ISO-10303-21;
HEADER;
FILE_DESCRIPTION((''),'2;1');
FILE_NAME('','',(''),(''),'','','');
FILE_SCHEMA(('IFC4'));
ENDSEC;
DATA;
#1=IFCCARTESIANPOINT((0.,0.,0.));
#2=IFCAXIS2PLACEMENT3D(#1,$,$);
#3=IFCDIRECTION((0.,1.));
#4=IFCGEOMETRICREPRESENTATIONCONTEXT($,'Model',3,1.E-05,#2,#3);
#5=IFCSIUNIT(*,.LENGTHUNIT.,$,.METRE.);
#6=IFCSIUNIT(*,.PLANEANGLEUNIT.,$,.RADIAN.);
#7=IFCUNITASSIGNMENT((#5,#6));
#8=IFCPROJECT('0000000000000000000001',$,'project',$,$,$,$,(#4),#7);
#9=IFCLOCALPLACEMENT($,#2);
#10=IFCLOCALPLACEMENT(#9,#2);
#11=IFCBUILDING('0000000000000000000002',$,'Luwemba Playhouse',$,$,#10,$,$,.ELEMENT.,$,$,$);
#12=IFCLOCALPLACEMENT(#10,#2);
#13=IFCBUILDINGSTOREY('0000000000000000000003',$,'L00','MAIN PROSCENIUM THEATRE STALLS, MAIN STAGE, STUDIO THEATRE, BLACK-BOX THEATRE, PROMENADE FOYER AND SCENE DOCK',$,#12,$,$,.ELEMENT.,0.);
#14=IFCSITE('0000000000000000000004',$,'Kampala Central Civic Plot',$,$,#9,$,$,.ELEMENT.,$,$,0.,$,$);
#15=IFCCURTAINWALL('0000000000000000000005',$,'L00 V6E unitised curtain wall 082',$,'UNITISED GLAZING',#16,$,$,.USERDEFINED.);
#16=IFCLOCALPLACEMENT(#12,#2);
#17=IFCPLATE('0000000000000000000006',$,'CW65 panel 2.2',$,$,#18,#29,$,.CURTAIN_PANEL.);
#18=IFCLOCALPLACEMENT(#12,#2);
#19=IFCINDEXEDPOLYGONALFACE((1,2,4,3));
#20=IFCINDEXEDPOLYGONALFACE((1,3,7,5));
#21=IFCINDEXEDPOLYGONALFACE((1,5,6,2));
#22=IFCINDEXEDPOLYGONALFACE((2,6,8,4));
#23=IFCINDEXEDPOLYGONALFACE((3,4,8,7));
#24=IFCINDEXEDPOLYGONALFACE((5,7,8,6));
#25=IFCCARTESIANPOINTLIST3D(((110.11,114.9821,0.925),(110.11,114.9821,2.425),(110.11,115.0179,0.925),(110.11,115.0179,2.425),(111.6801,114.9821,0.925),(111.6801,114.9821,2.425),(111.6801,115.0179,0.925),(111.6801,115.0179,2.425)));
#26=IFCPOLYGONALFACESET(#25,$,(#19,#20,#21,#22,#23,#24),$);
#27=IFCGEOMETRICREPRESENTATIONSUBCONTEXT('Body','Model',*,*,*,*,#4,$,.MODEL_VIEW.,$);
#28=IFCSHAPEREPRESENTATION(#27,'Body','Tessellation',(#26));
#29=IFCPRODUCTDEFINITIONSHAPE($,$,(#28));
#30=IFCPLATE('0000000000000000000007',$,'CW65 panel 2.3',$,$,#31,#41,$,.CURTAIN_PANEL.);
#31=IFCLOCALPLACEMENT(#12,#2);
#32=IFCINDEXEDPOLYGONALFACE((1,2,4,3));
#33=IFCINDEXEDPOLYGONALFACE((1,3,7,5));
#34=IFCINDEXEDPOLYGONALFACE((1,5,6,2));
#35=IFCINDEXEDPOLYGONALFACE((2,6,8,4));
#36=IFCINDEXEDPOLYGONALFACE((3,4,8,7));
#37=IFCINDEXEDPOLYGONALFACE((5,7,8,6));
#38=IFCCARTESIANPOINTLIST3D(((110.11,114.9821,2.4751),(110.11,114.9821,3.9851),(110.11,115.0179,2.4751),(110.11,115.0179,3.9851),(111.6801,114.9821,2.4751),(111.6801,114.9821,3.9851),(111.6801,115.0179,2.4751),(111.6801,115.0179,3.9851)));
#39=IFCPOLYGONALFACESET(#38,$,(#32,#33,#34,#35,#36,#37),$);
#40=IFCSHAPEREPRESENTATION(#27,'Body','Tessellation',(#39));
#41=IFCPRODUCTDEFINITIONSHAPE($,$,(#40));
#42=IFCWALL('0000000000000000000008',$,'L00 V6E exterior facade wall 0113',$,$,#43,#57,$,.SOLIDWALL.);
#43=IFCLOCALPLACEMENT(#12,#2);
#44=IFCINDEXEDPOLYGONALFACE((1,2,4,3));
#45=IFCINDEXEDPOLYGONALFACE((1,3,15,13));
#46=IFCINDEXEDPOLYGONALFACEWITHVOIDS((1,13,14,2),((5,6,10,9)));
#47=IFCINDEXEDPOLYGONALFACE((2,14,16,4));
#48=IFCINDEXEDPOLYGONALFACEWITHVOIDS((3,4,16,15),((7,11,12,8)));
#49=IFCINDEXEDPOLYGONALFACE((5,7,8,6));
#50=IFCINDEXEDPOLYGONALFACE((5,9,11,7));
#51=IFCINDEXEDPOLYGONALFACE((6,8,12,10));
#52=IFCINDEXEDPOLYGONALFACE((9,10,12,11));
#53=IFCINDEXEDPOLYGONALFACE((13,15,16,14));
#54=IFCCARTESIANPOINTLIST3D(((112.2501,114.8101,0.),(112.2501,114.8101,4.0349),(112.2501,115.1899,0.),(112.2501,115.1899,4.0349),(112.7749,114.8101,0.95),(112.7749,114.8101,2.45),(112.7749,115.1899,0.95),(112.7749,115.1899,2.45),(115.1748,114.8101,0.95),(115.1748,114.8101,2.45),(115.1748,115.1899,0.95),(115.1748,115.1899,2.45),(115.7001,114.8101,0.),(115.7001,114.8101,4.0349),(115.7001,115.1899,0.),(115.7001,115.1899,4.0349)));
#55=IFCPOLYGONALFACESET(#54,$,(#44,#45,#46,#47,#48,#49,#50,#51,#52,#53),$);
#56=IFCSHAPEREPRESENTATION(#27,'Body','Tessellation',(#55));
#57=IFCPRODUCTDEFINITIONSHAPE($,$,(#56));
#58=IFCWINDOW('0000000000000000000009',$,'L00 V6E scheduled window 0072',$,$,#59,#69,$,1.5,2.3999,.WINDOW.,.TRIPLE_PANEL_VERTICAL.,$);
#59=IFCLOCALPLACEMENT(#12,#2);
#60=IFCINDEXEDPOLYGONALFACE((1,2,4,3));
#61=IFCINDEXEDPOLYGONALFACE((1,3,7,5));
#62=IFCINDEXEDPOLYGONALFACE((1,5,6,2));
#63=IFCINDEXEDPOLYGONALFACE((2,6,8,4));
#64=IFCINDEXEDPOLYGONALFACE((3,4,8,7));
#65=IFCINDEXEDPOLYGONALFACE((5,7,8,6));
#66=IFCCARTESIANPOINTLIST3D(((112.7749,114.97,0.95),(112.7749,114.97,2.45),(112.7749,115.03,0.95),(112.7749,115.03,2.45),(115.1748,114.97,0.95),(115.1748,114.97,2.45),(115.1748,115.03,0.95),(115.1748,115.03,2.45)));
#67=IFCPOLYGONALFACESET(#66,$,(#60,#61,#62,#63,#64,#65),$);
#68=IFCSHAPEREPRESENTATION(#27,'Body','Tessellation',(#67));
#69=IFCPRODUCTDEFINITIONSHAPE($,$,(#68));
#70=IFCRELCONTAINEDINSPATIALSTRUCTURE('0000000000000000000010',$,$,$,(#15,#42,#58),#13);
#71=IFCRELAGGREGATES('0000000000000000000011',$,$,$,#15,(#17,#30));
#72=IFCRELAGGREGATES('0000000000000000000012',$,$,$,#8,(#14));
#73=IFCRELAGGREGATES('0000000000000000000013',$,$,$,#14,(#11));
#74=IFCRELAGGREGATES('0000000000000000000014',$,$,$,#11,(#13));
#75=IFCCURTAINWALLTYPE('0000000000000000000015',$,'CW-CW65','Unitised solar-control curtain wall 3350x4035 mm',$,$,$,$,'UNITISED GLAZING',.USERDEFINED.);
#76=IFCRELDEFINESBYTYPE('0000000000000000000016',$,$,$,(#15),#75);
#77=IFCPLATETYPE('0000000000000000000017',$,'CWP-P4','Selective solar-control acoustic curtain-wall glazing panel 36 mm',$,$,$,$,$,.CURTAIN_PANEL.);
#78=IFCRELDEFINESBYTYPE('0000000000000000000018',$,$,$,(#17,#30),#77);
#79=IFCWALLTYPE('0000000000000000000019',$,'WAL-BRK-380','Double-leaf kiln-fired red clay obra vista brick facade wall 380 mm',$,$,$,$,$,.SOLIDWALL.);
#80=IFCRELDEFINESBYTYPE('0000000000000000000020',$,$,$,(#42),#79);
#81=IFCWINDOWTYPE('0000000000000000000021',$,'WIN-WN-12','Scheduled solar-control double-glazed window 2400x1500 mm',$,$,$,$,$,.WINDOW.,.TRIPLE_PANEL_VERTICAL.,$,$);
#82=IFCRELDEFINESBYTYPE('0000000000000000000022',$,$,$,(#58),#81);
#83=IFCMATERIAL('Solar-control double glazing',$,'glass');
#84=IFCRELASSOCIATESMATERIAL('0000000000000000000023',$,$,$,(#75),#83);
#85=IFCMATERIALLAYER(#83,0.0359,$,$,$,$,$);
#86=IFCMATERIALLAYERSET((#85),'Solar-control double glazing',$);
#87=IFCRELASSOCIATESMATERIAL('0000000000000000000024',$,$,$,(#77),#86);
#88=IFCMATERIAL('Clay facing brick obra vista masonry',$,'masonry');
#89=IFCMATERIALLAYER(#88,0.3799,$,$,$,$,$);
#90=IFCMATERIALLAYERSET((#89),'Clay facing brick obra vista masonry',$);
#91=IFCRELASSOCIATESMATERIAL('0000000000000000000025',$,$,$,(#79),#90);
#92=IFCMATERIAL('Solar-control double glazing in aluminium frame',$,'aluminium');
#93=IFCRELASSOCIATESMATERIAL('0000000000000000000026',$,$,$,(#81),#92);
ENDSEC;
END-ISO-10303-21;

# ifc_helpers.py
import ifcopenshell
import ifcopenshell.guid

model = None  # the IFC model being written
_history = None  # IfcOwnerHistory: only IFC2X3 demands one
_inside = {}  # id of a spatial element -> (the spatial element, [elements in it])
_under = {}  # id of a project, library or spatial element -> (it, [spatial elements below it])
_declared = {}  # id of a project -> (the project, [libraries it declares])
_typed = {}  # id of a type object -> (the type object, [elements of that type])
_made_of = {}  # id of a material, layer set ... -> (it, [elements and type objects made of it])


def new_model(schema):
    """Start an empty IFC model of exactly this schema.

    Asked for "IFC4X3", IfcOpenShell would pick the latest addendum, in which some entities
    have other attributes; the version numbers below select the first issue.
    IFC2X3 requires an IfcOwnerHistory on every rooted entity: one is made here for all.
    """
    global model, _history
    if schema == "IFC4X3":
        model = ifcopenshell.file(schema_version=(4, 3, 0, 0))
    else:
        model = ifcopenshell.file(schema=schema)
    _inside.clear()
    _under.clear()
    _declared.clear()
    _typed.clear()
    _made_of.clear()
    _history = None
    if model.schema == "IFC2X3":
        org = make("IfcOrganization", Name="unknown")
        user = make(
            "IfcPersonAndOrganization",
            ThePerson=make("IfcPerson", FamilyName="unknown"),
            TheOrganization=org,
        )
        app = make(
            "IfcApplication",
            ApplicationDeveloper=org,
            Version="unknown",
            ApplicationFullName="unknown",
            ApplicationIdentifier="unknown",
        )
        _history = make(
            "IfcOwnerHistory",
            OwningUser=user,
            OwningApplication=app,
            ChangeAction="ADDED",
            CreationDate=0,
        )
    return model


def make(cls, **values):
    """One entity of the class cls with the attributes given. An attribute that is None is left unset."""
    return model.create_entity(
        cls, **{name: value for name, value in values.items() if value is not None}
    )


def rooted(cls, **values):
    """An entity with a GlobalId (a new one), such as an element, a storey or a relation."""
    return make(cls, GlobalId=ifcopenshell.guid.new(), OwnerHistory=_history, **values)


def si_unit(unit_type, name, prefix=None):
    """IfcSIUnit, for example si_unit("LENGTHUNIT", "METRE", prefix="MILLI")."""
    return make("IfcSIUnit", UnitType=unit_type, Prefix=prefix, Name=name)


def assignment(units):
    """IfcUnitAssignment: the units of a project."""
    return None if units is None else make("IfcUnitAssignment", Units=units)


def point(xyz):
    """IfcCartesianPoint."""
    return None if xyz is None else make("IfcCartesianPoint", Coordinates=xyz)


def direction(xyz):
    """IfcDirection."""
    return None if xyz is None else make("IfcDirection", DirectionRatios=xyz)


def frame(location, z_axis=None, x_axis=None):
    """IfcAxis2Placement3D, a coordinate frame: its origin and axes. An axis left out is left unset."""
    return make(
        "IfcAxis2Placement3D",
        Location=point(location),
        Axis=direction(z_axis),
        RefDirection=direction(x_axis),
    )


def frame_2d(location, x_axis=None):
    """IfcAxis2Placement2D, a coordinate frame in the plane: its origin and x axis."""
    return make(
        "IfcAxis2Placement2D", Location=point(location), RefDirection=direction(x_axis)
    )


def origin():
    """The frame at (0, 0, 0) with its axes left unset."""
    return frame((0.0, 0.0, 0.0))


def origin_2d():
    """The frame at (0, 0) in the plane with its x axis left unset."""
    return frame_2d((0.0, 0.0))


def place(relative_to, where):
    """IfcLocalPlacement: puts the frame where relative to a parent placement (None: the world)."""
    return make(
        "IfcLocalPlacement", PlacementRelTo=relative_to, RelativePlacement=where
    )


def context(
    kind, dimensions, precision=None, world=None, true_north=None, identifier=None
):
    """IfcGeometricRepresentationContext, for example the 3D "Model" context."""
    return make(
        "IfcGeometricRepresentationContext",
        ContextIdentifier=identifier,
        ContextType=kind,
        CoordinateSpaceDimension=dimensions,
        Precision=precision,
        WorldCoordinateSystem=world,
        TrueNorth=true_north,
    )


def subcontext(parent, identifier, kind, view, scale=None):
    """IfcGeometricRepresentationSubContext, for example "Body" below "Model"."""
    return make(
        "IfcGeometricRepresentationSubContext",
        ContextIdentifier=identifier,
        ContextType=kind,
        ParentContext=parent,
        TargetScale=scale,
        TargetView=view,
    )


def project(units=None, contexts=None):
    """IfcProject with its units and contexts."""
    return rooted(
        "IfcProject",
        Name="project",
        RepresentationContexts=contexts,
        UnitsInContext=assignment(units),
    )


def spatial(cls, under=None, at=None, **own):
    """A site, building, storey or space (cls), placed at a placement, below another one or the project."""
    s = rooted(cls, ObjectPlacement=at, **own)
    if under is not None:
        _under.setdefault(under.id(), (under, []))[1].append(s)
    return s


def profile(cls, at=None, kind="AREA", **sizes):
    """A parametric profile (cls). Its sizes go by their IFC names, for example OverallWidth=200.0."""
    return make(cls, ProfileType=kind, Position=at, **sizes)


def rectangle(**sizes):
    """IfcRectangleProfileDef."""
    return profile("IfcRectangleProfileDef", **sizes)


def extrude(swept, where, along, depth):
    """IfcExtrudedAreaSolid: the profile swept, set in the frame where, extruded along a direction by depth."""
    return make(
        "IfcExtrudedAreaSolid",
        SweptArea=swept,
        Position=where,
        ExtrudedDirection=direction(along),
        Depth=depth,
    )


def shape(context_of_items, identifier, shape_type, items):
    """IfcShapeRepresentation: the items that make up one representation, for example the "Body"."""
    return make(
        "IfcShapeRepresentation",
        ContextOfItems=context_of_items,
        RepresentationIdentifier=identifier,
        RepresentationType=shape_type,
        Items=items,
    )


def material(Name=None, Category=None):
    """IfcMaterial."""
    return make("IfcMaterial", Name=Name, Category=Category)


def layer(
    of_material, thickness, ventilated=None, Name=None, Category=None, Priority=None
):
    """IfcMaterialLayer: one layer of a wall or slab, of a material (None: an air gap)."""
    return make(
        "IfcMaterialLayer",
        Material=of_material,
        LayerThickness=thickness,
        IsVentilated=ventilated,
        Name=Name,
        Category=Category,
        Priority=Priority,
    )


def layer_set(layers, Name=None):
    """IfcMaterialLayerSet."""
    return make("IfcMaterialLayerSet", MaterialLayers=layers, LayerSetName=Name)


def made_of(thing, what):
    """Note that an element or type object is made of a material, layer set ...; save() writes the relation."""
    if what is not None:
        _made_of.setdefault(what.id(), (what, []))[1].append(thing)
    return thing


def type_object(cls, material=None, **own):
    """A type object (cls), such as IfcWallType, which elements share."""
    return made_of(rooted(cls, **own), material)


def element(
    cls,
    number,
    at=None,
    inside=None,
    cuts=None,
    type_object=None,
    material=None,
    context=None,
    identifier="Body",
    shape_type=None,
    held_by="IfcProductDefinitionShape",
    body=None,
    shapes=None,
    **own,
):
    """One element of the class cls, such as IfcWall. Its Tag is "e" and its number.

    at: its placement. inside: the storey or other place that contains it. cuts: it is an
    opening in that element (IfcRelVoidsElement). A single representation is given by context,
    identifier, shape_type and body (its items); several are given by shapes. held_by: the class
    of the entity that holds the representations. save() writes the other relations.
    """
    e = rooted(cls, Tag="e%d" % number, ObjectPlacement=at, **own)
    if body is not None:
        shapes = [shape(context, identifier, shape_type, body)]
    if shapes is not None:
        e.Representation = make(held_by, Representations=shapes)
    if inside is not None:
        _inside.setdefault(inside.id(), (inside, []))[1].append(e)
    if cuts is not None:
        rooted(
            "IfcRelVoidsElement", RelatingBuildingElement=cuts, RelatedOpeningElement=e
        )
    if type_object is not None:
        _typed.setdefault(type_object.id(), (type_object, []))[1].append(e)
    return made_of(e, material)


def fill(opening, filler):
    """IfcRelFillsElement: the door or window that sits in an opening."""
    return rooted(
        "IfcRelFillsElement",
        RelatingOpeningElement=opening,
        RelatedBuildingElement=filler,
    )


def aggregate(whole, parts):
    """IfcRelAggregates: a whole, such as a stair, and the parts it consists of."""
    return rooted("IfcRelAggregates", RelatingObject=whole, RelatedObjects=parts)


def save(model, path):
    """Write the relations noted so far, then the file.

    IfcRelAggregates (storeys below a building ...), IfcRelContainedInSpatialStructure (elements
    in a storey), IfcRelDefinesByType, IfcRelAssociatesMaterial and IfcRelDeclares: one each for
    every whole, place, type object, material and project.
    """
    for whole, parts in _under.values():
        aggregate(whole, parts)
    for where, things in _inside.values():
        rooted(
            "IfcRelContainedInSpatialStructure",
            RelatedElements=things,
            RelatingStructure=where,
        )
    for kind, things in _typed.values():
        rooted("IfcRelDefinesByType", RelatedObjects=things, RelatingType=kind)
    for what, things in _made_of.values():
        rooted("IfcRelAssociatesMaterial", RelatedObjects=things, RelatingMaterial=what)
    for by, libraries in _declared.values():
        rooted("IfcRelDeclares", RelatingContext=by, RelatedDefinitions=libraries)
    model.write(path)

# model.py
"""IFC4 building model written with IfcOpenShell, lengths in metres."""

from ifc_helpers import new_model, si_unit, direction, frame, frame_2d, origin, origin_2d, place, context, subcontext, project, spatial, rectangle, extrude, material, layer, layer_set, type_object, element, fill, aggregate, save


model = new_model("IFC4")

# Units and contexts
model_context = context("Model", 3, precision=1e-05, world=origin(), true_north=direction((0.0, 1.0)))
body_context = subcontext(model_context, "Body", "Model", "MODEL_VIEW")
ifc_project = project(units=[si_unit("LENGTHUNIT", "METRE"), si_unit("PLANEANGLEUNIT", "RADIAN")], contexts=[model_context])

# Site, building, storey
site_placement = place(None, origin())
site = spatial("IfcSite", under=ifc_project, at=site_placement, Name="Kampala Central Civic Plot", CompositionType="ELEMENT", RefElevation=0.0)
building_placement = place(site_placement, origin())
building = spatial("IfcBuilding", under=site, at=building_placement, Name="Luwemba Playhouse", CompositionType="ELEMENT")
storey_placement = place(building_placement, origin())
storey = spatial("IfcBuildingStorey", under=building, at=storey_placement, Name="L00", Description="MAIN PROSCENIUM THEATRE STALLS, MAIN STAGE, STUDIO THEATRE, BLACK-BOX THEATRE, PROMENADE FOYER AND SCENE DOCK", CompositionType="ELEMENT", Elevation=0.0)

# Curtain wall, plates
ifc_material_1 = material(Name="Solar-control double glazing", Category="glass")
curtain_wall_type = type_object("IfcCurtainWallType", Name="CW-CW65", Description="Unitised solar-control curtain wall 3350x4035 mm", ElementType="UNITISED GLAZING", PredefinedType="USERDEFINED", material=ifc_material_1)
curtain_wall_placement = place(storey_placement, origin())
curtain_wall = element("IfcCurtainWall", 1, at=curtain_wall_placement, inside=storey, type_object=curtain_wall_type, Name="L00 V6E unitised curtain wall 082", ObjectType="UNITISED GLAZING", PredefinedType="USERDEFINED")
ifc_layer_1 = layer(ifc_material_1, 0.0359)
ifc_layer_set_1 = layer_set([ifc_layer_1], Name="Solar-control double glazing")
plate_type = type_object("IfcPlateType", Name="CWP-P4", Description="Selective solar-control acoustic curtain-wall glazing panel 36 mm", PredefinedType="CURTAIN_PANEL", material=ifc_layer_set_1)
plate_1_placement = place(storey_placement, frame((110.895, 115.0, 0.925), z_axis=(0.0, 0.0, 1.0), x_axis=(1.0, 0.0, 0.0)))
plate_1 = element("IfcPlate", 2, at=plate_1_placement, type_object=plate_type, Name="CW65 panel 2.2", PredefinedType="CURTAIN_PANEL", context=body_context, shape_type="SweptSolid", body=[
    extrude(rectangle(XDim=1.5701, YDim=0.0359, at=origin_2d()), origin(), (0.0, 0.0, 1.0), 1.5),
])
plate_2_placement = place(storey_placement, frame((110.895, 115.0, 2.4751), z_axis=(0.0, 0.0, 1.0), x_axis=(1.0, 0.0, 0.0)))
plate_2 = element("IfcPlate", 3, at=plate_2_placement, type_object=plate_type, Name="CW65 panel 2.3", PredefinedType="CURTAIN_PANEL", context=body_context, shape_type="SweptSolid", body=[
    extrude(rectangle(XDim=1.5701, YDim=0.0359, at=origin_2d()), origin(), (0.0, 0.0, 1.0), 1.51),
])
aggregate(curtain_wall, [plate_1, plate_2])

# Wall, opening, window
ifc_material_2 = material(Name="Clay facing brick obra vista masonry", Category="masonry")
ifc_layer_2 = layer(ifc_material_2, 0.3799)
ifc_layer_set_2 = layer_set([ifc_layer_2], Name="Clay facing brick obra vista masonry")
wall_type = type_object("IfcWallType", Name="WAL-BRK-380", Description="Double-leaf kiln-fired red clay obra vista brick facade wall 380 mm", PredefinedType="SOLIDWALL", material=ifc_layer_set_2)
wall_placement = place(storey_placement, frame((112.25, 115.0, 0.0), z_axis=(0.0, 0.0, 1.0), x_axis=(1.0, 0.0, 0.0)))
wall = element("IfcWall", 4, at=wall_placement, inside=storey, type_object=wall_type, Name="L00 V6E exterior facade wall 0113", PredefinedType="SOLIDWALL", context=body_context, shape_type="SweptSolid", body=[
    extrude(rectangle(XDim=3.45, YDim=0.3799, at=frame_2d((1.7251, 0.0))), origin(), (0.0, 0.0, 1.0), 4.0349),
])
opening_placement = place(wall_placement, frame((0.5249, 0.0, 0.95)))
opening = element("IfcOpeningElement", 5, at=opening_placement, cuts=wall, PredefinedType="OPENING", context=body_context, shape_type="SweptSolid", body=[
    extrude(rectangle(XDim=2.3999, YDim=1.5, at=frame_2d((1.2, 0.75))), frame((0.0, 0.2, 0.0), z_axis=(0.0, -1.0, 0.0), x_axis=(1.0, 0.0, 0.0)), (0.0, 0.0, 1.0), 0.3999),
])
ifc_material_3 = material(Name="Solar-control double glazing in aluminium frame", Category="aluminium")
window_type = type_object("IfcWindowType", Name="WIN-WN-12", Description="Scheduled solar-control double-glazed window 2400x1500 mm", PartitioningType="TRIPLE_PANEL_VERTICAL", PredefinedType="WINDOW", material=ifc_material_3)
window_placement = place(opening_placement, origin())
window = element("IfcWindow", 6, at=window_placement, inside=storey, type_object=window_type, Name="L00 V6E scheduled window 0072", OverallHeight=1.5, OverallWidth=2.3999, PartitioningType="TRIPLE_PANEL_VERTICAL", PredefinedType="WINDOW", context=body_context, shape_type="SweptSolid", body=[
    extrude(rectangle(XDim=2.3999, YDim=1.5, at=frame_2d((1.2, 0.75))), frame((0.0, 0.03, 0.0), z_axis=(0.0, -1.0, 0.0), x_axis=(1.0, 0.0, 0.0)), (0.0, 0.0, 1.0), 0.0601),
])
fill(opening, window)

save(model, "model.ifc")
